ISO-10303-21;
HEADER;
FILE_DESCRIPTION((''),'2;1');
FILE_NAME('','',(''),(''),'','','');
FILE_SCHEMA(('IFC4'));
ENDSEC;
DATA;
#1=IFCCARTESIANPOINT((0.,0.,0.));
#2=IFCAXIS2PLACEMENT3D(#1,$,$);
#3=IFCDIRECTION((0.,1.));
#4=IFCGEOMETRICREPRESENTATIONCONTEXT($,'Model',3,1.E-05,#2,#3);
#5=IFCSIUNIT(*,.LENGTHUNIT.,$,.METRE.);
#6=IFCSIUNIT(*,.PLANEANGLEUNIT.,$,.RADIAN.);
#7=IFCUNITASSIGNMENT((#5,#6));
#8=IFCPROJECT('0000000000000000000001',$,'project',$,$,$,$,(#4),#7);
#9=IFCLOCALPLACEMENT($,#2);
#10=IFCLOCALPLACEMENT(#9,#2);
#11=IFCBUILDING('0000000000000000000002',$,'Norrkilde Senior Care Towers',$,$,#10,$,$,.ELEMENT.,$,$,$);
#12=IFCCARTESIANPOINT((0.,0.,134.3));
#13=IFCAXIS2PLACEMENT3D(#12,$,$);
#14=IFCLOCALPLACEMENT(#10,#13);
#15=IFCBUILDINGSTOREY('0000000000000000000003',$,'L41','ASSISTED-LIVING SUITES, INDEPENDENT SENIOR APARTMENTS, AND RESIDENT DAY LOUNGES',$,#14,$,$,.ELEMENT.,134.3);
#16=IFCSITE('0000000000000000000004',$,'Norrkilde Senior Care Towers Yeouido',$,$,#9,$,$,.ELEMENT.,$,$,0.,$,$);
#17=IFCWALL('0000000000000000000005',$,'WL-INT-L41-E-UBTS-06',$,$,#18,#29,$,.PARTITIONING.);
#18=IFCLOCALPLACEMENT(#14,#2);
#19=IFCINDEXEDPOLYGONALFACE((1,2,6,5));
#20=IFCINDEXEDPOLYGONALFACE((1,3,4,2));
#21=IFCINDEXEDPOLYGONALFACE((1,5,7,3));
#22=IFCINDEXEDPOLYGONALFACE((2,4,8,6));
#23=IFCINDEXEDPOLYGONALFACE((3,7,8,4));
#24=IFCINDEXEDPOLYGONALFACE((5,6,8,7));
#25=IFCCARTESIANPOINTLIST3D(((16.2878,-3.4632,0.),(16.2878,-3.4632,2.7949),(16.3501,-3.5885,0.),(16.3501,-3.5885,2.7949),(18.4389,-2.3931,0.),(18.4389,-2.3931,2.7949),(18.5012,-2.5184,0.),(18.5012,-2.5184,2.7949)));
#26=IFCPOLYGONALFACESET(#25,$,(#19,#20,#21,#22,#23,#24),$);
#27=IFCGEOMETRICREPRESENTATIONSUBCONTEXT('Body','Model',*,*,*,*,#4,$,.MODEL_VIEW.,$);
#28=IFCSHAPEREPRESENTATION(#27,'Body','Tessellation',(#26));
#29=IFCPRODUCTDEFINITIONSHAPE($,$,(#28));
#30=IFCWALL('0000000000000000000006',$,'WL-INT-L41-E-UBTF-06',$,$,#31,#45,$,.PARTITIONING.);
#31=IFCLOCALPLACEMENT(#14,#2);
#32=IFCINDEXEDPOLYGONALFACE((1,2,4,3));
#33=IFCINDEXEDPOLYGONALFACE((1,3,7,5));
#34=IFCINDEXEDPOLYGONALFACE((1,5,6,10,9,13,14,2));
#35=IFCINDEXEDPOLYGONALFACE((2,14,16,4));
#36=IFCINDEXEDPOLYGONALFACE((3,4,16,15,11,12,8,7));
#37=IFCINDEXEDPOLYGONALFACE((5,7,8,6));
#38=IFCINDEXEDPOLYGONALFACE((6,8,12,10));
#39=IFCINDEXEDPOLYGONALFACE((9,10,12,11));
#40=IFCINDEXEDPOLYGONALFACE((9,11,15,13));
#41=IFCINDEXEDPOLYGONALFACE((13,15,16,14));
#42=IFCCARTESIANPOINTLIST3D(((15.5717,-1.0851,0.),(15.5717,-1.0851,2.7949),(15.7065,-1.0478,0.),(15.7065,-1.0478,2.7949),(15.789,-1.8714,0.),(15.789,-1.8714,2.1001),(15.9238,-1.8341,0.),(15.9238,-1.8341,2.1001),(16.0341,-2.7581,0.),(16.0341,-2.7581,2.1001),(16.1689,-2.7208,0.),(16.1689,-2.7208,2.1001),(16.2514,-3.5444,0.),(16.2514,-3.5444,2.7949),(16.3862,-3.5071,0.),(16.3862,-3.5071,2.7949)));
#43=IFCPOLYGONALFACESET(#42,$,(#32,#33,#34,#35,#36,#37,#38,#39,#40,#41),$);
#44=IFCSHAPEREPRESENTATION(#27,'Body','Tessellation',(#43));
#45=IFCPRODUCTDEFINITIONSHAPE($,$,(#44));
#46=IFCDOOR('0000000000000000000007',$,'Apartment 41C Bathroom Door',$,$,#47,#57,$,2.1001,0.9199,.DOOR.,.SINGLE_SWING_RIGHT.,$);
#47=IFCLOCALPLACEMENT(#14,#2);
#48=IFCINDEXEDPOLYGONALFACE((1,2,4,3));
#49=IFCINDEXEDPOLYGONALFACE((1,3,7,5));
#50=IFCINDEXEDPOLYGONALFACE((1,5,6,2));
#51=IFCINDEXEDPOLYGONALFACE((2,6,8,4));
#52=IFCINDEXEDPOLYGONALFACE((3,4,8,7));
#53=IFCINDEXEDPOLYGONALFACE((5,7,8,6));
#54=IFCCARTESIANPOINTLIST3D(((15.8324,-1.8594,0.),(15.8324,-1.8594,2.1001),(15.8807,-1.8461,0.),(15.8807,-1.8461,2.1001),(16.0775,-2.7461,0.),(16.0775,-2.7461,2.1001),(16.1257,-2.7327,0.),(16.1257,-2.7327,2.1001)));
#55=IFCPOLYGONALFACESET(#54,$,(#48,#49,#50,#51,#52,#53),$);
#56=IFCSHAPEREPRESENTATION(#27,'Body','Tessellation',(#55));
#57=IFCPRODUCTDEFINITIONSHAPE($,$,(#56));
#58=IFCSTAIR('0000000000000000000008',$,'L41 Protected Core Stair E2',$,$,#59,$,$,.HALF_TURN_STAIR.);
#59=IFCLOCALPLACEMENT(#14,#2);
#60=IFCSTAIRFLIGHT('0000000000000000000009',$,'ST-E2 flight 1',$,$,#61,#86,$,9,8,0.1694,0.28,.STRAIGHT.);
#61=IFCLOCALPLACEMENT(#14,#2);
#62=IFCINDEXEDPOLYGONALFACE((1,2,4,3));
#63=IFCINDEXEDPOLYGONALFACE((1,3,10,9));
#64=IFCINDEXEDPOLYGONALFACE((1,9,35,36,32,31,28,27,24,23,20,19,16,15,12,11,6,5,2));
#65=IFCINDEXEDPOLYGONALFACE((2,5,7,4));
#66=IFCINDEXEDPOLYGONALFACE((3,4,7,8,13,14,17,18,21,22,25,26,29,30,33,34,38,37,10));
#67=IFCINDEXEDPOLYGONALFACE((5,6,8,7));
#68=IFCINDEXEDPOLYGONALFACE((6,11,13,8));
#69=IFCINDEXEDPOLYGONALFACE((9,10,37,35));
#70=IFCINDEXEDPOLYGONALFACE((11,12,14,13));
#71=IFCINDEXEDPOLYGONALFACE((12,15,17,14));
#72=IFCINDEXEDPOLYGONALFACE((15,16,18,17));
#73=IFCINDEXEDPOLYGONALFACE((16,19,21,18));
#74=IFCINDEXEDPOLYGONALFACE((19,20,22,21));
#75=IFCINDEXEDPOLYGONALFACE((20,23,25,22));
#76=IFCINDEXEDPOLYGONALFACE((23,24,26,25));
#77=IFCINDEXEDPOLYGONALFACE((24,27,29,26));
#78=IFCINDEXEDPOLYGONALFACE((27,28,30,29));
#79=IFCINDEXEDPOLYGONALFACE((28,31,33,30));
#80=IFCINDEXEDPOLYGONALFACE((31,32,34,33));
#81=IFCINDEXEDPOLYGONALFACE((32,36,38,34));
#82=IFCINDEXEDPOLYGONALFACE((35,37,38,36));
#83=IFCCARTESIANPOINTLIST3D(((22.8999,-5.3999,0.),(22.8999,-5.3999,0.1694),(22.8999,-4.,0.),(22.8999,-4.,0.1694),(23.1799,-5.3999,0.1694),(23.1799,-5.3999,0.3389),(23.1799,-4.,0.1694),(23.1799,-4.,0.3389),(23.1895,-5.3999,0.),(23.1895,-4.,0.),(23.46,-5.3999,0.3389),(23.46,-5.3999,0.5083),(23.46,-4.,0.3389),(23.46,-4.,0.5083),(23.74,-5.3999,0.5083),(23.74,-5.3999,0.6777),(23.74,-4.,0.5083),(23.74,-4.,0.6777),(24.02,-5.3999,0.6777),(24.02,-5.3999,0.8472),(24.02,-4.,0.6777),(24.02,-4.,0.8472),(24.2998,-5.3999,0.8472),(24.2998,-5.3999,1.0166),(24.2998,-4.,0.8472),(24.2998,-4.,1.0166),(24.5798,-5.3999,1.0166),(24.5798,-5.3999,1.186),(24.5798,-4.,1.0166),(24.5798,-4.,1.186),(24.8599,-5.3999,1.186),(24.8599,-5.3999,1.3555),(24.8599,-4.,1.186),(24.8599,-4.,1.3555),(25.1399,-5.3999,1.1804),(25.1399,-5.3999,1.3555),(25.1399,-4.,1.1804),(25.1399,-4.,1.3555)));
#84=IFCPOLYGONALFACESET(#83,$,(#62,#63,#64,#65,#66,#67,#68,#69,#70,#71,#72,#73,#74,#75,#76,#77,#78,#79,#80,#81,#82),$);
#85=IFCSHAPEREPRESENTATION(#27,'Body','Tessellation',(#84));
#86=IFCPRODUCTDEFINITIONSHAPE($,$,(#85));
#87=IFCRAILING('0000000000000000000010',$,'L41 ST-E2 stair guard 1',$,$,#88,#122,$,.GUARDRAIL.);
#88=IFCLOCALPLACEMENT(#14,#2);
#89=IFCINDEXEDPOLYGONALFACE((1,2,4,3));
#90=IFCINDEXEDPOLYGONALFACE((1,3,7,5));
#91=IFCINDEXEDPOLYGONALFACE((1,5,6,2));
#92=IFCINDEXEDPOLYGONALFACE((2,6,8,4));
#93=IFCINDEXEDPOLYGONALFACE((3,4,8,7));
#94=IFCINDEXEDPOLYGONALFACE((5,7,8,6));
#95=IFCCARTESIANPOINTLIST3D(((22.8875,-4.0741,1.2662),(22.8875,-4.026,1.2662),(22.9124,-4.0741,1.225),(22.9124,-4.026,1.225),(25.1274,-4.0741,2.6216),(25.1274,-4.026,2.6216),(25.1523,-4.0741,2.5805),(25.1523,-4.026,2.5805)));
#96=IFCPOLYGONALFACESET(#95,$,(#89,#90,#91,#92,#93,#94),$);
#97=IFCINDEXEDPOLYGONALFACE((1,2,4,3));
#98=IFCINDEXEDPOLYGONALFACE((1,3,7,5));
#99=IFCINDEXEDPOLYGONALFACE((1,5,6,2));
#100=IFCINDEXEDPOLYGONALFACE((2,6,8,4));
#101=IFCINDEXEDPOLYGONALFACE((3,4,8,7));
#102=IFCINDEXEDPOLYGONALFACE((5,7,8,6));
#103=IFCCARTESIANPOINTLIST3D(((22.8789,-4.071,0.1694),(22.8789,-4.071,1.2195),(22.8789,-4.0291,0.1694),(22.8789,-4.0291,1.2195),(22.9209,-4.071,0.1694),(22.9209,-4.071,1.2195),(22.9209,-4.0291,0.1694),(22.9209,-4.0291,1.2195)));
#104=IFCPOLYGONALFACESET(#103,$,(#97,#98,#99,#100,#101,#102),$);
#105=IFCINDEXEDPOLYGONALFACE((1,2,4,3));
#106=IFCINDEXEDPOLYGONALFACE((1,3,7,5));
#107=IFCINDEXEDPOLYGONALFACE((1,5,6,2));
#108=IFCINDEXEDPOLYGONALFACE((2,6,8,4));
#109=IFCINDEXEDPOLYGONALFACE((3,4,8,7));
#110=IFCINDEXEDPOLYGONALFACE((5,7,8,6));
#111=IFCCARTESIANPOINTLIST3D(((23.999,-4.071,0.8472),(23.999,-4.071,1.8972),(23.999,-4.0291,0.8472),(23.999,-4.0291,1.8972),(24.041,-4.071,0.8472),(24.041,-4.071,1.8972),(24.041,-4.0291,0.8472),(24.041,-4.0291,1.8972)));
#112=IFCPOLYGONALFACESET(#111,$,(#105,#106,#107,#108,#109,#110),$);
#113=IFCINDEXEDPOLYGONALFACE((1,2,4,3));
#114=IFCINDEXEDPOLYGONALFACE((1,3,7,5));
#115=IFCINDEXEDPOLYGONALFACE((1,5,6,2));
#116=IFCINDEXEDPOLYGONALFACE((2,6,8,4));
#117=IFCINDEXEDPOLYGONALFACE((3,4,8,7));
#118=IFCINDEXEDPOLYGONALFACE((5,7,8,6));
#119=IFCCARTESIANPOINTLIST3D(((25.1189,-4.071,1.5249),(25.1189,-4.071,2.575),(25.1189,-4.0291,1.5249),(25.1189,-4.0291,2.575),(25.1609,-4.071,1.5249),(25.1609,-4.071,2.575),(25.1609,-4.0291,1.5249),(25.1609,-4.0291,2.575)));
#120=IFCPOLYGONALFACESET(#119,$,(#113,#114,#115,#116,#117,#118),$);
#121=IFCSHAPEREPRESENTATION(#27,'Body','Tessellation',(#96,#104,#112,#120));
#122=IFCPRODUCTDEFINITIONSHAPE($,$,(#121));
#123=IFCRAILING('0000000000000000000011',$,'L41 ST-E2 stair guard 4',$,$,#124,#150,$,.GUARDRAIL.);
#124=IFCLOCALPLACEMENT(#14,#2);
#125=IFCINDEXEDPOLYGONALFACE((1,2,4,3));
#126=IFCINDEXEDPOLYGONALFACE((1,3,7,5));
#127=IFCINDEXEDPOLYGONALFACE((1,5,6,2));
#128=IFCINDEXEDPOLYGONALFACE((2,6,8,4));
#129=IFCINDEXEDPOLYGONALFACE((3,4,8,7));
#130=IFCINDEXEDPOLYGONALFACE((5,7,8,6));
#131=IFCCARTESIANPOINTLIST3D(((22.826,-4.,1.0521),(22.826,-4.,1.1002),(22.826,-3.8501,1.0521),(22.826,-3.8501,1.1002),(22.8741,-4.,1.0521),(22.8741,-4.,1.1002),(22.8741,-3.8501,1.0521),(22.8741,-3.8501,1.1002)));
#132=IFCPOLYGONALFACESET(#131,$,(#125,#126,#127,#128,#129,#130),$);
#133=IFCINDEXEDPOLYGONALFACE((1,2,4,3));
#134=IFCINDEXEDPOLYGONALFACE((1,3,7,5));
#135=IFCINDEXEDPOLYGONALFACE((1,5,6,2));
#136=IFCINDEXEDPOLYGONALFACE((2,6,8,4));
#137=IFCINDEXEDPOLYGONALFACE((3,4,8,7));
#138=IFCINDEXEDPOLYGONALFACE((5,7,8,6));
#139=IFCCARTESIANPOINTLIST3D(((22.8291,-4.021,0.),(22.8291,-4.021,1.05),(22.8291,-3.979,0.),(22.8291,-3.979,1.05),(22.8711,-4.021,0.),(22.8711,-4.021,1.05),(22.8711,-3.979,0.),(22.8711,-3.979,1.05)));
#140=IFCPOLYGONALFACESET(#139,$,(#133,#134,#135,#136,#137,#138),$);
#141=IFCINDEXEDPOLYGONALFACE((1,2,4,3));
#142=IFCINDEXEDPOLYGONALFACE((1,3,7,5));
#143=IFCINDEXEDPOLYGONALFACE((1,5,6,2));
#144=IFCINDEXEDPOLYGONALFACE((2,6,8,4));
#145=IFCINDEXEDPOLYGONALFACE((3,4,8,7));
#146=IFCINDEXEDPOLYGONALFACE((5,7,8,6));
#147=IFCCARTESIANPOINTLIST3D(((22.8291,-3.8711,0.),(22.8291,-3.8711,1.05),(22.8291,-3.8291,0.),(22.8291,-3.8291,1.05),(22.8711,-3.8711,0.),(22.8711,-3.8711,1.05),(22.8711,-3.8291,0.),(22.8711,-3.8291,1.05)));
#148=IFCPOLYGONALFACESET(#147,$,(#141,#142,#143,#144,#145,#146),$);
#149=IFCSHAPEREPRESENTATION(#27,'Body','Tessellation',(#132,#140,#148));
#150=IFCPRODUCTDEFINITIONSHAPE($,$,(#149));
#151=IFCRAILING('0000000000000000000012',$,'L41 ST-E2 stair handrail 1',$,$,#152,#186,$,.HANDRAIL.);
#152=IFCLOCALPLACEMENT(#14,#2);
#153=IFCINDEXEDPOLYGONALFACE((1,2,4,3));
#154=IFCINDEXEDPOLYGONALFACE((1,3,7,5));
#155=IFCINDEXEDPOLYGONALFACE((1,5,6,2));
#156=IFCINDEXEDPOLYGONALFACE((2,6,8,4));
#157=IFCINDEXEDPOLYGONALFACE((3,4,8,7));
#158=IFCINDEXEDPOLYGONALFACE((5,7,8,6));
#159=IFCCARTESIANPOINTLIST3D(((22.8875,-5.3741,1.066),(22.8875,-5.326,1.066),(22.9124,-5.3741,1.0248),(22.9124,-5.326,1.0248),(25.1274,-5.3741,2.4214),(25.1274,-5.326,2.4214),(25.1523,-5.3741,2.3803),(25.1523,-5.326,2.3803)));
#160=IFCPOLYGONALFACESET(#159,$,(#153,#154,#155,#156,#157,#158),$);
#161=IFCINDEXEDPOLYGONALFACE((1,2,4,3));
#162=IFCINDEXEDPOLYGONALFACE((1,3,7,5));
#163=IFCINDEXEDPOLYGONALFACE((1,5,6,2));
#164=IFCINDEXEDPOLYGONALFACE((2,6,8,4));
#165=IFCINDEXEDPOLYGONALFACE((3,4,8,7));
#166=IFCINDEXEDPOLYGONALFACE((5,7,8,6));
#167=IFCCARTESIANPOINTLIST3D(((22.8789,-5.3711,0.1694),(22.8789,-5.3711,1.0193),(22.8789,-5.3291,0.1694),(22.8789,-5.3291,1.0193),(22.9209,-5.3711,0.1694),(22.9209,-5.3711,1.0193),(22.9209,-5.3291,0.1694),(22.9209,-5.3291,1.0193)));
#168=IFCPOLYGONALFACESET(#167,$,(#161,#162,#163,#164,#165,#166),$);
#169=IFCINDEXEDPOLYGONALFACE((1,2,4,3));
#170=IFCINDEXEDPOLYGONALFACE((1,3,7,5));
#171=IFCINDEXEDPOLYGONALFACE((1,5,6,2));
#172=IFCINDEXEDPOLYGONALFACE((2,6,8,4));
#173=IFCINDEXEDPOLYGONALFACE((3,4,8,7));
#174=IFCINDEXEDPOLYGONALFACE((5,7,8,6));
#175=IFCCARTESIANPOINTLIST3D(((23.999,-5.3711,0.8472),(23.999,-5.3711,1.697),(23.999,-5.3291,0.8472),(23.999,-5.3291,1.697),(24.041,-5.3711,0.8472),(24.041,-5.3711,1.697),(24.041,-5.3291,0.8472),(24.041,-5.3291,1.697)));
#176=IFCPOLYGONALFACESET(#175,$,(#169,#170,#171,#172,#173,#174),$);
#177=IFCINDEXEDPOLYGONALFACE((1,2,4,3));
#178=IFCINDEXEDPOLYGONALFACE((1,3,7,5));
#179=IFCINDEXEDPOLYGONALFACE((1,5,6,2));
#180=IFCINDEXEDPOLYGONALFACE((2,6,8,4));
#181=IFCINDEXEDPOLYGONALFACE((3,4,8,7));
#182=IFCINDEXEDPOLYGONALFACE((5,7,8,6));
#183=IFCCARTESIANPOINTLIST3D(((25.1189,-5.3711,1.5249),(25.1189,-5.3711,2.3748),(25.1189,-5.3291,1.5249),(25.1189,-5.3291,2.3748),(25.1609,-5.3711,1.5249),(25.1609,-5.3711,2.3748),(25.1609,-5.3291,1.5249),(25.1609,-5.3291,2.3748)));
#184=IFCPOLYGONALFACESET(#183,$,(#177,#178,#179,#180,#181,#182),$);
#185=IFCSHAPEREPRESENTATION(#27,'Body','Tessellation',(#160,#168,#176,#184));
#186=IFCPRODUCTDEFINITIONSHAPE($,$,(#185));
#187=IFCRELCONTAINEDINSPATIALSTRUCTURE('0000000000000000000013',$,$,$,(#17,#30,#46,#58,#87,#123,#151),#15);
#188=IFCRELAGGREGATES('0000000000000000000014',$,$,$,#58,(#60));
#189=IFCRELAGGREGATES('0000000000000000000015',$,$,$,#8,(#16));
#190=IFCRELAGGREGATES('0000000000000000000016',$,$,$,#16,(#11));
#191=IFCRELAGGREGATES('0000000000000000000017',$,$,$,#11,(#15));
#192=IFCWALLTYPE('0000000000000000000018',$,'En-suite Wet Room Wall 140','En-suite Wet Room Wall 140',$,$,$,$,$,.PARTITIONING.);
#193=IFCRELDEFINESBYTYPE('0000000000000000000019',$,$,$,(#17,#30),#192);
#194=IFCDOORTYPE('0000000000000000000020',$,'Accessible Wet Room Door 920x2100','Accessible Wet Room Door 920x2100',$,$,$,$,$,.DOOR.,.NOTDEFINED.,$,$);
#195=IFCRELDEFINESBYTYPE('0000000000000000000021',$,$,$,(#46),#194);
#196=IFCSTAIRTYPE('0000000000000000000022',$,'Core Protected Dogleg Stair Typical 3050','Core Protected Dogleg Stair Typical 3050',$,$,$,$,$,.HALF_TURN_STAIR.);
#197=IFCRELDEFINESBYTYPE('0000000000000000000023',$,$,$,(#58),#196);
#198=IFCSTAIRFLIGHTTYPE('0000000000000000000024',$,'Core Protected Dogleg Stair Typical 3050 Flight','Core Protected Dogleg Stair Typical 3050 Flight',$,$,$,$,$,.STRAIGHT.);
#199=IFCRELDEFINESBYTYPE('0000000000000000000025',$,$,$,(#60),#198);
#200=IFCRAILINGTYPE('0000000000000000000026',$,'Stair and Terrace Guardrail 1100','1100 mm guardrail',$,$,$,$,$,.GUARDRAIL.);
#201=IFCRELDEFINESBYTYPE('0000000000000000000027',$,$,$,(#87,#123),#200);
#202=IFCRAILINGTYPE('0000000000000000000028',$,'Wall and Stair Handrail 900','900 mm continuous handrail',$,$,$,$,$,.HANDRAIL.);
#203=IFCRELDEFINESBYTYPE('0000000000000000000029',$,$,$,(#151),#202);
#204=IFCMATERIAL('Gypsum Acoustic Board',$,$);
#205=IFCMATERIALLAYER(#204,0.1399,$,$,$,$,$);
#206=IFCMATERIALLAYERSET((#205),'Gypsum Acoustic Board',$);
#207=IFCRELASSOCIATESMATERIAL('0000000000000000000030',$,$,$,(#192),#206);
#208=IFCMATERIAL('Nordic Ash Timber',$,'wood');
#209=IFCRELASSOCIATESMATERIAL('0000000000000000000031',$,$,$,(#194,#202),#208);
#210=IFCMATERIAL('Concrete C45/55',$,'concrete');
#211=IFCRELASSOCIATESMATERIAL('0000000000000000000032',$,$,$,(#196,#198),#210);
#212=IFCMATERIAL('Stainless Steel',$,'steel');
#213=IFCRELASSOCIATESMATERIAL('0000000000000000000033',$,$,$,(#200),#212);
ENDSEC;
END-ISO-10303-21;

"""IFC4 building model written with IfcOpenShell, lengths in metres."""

from ifc_helpers import new_model, si_unit, direction, frame, frame_2d, origin, origin_2d, place, context, subcontext, project, spatial, polyline, rectangle, outline, extrude, source, transform, mapped, material, layer, layer_set, type_object, type_shapes, element, fill, aggregate, save


model = new_model("IFC4")

# Units and contexts
model_context = context("Model", 3, precision=1e-05, world=origin(), true_north=direction((0.0, 1.0)))
body_context = subcontext(model_context, "Body", "Model", "MODEL_VIEW")
ifc_project = project(units=[si_unit("LENGTHUNIT", "METRE"), si_unit("PLANEANGLEUNIT", "RADIAN")], contexts=[model_context])

# Site, building, storey
site_placement = place(None, origin())
site = spatial("IfcSite", under=ifc_project, at=site_placement, Name="Norrkilde Senior Care Towers Yeouido", CompositionType="ELEMENT", RefElevation=0.0)
building_placement = place(site_placement, origin())
building = spatial("IfcBuilding", under=site, at=building_placement, Name="Norrkilde Senior Care Towers", CompositionType="ELEMENT")
storey_placement = place(building_placement, frame((0.0, 0.0, 134.3)))
storey = spatial("IfcBuildingStorey", under=building, at=storey_placement, Name="L41", Description="ASSISTED-LIVING SUITES, INDEPENDENT SENIOR APARTMENTS, AND RESIDENT DAY LOUNGES", CompositionType="ELEMENT", Elevation=134.3)

# Shared definitions
ifc_material_1 = material(Name="Concrete C45/55", Category="concrete")

# Wall
ifc_material_2 = material(Name="Gypsum Acoustic Board")
ifc_layer_1 = layer(ifc_material_2, 0.1399)
ifc_layer_set_1 = layer_set([ifc_layer_1], Name="Gypsum Acoustic Board")
wall_type_1 = type_object("IfcWallType", Name="En-suite Wet Room Wall 140", Description="En-suite Wet Room Wall 140", PredefinedType="PARTITIONING", material=ifc_layer_set_1)
shared_shape_1 = source(origin(), body_context, "Body", "SweptSolid", [
    extrude(rectangle(XDim=2.4026, YDim=0.1399, at=frame_2d((1.2012, 0.0))), origin(), (0.0, 0.0, 1.0), 2.7949),
])
wall_1_placement = place(storey_placement, frame((18.47, -2.4558, 0.0), z_axis=(0.0, 0.0, 1.0), x_axis=(-0.89534, -0.445384, 0.0)))
element("IfcWall", 1, at=wall_1_placement, inside=storey, type_object=wall_type_1, Name="WL-INT-L41-E-UBTS-06", PredefinedType="PARTITIONING", context=body_context, shape_type="MappedRepresentation", body=[
    mapped(shared_shape_1, transform((0.0, 0.0, 0.0), x_axis=(1.0, 0.0, 0.0), y_axis=(0.0, 1.0, 0.0), z_axis=(0.0, 0.0, 1.0), scale=1.0)),
])

# Wall, opening, door
shared_shape_2 = source(origin(), body_context, "Body", "SweptSolid", [
    extrude(rectangle(XDim=2.5515, YDim=0.1399, at=frame_2d((1.2759, 0.0))), origin(), (0.0, 0.0, 1.0), 2.7949),
])
type_shapes(wall_type_1, [shared_shape_1, shared_shape_2])
wall_2_placement = place(storey_placement, frame((16.3188, -3.5259, 0.0), z_axis=(0.0, 0.0, 1.0), x_axis=(-0.266395, 0.963864, 0.0)))
wall_2 = element("IfcWall", 2, at=wall_2_placement, inside=storey, type_object=wall_type_1, Name="WL-INT-L41-E-UBTF-06", PredefinedType="PARTITIONING", context=body_context, shape_type="MappedRepresentation", body=[
    mapped(shared_shape_2, transform((0.0, 0.0, 0.0), x_axis=(1.0, 0.0, 0.0), y_axis=(0.0, 1.0, 0.0), z_axis=(0.0, 0.0, 1.0), scale=1.0)),
])
opening_1_placement = place(wall_2_placement, frame((0.8159, 0.0, 0.0)))
opening_1 = element("IfcOpeningElement", 3, at=opening_1_placement, cuts=wall_2, PredefinedType="OPENING", context=body_context, shape_type="SweptSolid", body=[
    extrude(rectangle(XDim=0.9199, YDim=2.1001, at=frame_2d((0.46, 1.05))), frame((0.0, 0.0798, 0.0), z_axis=(0.0, -1.0, 0.0), x_axis=(1.0, 0.0, 0.0)), (0.0, 0.0, 1.0), 0.1599),
])
ifc_material_3 = material(Name="Nordic Ash Timber", Category="wood")
door_type_1 = type_object("IfcDoorType", Name="Accessible Wet Room Door 920x2100", Description="Accessible Wet Room Door 920x2100", OperationType="NOTDEFINED", PredefinedType="DOOR", material=ifc_material_3)
shared_shape_3 = source(origin(), body_context, "Body", "SweptSolid", [
    extrude(rectangle(XDim=0.9199, YDim=2.1001, at=frame_2d((0.46, 1.05))), frame((0.0, 0.0249, 0.0), z_axis=(0.0, -1.0, 0.0), x_axis=(1.0, 0.0, 0.0)), (0.0, 0.0, 1.0), 0.05),
])
type_shapes(door_type_1, [shared_shape_3])
door_1_placement = place(opening_1_placement, origin())
door_1 = element("IfcDoor", 4, at=door_1_placement, inside=storey, type_object=door_type_1, Name="Apartment 41C Bathroom Door", OperationType="SINGLE_SWING_RIGHT", OverallHeight=2.1001, OverallWidth=0.9199, PredefinedType="DOOR", context=body_context, shape_type="MappedRepresentation", body=[
    mapped(shared_shape_3, transform((0.0, 0.0, 0.0), x_axis=(1.0, 0.0, 0.0), y_axis=(0.0, 1.0, 0.0), z_axis=(0.0, 0.0, 1.0), scale=1.0)),
])
fill(opening_1, door_1)

# Stair, stair flight
stair_type = type_object("IfcStairType", Name="Core Protected Dogleg Stair Typical 3050", Description="Core Protected Dogleg Stair Typical 3050", PredefinedType="HALF_TURN_STAIR", material=ifc_material_1)
stair_placement = place(storey_placement, origin())
stair = element("IfcStair", 5, at=stair_placement, inside=storey, type_object=stair_type, Name="L41 Protected Core Stair E2", PredefinedType="HALF_TURN_STAIR")
stair_flight_type = type_object("IfcStairFlightType", Name="Core Protected Dogleg Stair Typical 3050 Flight", Description="Core Protected Dogleg Stair Typical 3050 Flight", PredefinedType="STRAIGHT", material=ifc_material_1)
stair_flight_placement = place(storey_placement, frame((22.8999, -4.7, 0.0), z_axis=(0.0, 0.0, 1.0), x_axis=(1.0, 0.0, 0.0)))
stair_flight = element("IfcStairFlight", 6, at=stair_flight_placement, type_object=stair_flight_type, Name="ST-E2 flight 1", NumberOfRisers=9, NumberOfTreads=8, PredefinedType="STRAIGHT", RiserHeight=0.1694, TreadLength=0.28, context=body_context, shape_type="SweptSolid", body=[
    extrude(outline(polyline([(0.0, 0.0), (0.0, 0.1694), (0.28, 0.1694), (0.28, 0.3389), (0.5601, 0.3389), (0.5601, 0.5083), (0.8401, 0.5083), (0.8401, 0.6777), (1.1201, 0.6777), (1.1201, 0.8472), (1.3999, 0.8472), (1.3999, 1.0166), (1.6799, 1.0166), (1.6799, 1.186), (1.96, 1.186), (1.96, 1.3555), (2.24, 1.3555), (2.24, 1.5249), (2.24, 1.1804), (0.2896, 0.0), (0.0, 0.0)])), frame((0.0, 0.7, 0.0), z_axis=(0.0, -1.0, 0.0), x_axis=(1.0, 0.0, 0.0)), (0.0, 0.0, 1.0), 1.3999),
])
aggregate(stair, [stair_flight])

# Railings
ifc_material_4 = material(Name="Stainless Steel", Category="steel")
railing_type_1 = type_object("IfcRailingType", Name="Stair and Terrace Guardrail 1100", Description="1100 mm guardrail", PredefinedType="GUARDRAIL", material=ifc_material_4)
railing_1_placement = place(storey_placement, frame((22.8999, -4.05, 0.1694)))
element("IfcRailing", 7, at=railing_1_placement, inside=storey, type_object=railing_type_1, Name="L41 ST-E2 stair guard 1", PredefinedType="GUARDRAIL", context=body_context, shape_type="SweptSolid", body=[
    extrude(rectangle(XDim=0.0481, YDim=0.0481, at=origin_2d()), frame((0.0, 0.0, 1.0762), z_axis=(0.855553, 0.0, 0.517715), x_axis=(0.0, 1.0, 0.0)), (0.0, 0.0, 1.0), 2.6182),
    extrude(rectangle(XDim=0.042, YDim=0.042, at=origin_2d()), origin(), (0.0, 0.0, 1.0), 1.05),
    extrude(rectangle(XDim=0.042, YDim=0.042, at=origin_2d()), frame((1.1201, 0.0, 0.6777)), (0.0, 0.0, 1.0), 1.05),
    extrude(rectangle(XDim=0.042, YDim=0.042, at=origin_2d()), frame((2.24, 0.0, 1.3555)), (0.0, 0.0, 1.0), 1.05),
])
railing_2_placement = place(storey_placement, frame((22.8501, -4.0, 0.0)))
element("IfcRailing", 8, at=railing_2_placement, inside=storey, type_object=railing_type_1, Name="L41 ST-E2 stair guard 4", PredefinedType="GUARDRAIL", context=body_context, shape_type="SweptSolid", body=[
    extrude(rectangle(XDim=0.0481, YDim=0.0481, at=origin_2d()), frame((0.0, 0.0, 1.0762), z_axis=(0.0, 1.0, 0.0), x_axis=(-1.0, 0.0, 0.0)), (0.0, 0.0, 1.0), 0.1499),
    extrude(rectangle(XDim=0.042, YDim=0.042, at=origin_2d()), origin(), (0.0, 0.0, 1.0), 1.05),
    extrude(rectangle(XDim=0.042, YDim=0.042, at=origin_2d()), frame((0.0, 0.1499, 0.0)), (0.0, 0.0, 1.0), 1.05),
])
railing_type_2 = type_object("IfcRailingType", Name="Wall and Stair Handrail 900", Description="900 mm continuous handrail", PredefinedType="HANDRAIL", material=ifc_material_3)
railing_3_placement = place(storey_placement, frame((22.8999, -5.3501, 0.1694)))
element("IfcRailing", 9, at=railing_3_placement, inside=storey, type_object=railing_type_2, Name="L41 ST-E2 stair handrail 1", PredefinedType="HANDRAIL", context=body_context, shape_type="SweptSolid", body=[
    extrude(rectangle(XDim=0.0481, YDim=0.0481, at=origin_2d()), frame((0.0, 0.0, 0.876), z_axis=(0.855553, 0.0, 0.517715), x_axis=(0.0, 1.0, 0.0)), (0.0, 0.0, 1.0), 2.6182),
    extrude(rectangle(XDim=0.042, YDim=0.042, at=origin_2d()), origin(), (0.0, 0.0, 1.0), 0.8499),
    extrude(rectangle(XDim=0.042, YDim=0.042, at=origin_2d()), frame((1.1201, 0.0, 0.6777)), (0.0, 0.0, 1.0), 0.8499),
    extrude(rectangle(XDim=0.042, YDim=0.042, at=origin_2d()), frame((2.24, 0.0, 1.3555)), (0.0, 0.0, 1.0), 0.8499),
])

save(model, "model.ifc")
